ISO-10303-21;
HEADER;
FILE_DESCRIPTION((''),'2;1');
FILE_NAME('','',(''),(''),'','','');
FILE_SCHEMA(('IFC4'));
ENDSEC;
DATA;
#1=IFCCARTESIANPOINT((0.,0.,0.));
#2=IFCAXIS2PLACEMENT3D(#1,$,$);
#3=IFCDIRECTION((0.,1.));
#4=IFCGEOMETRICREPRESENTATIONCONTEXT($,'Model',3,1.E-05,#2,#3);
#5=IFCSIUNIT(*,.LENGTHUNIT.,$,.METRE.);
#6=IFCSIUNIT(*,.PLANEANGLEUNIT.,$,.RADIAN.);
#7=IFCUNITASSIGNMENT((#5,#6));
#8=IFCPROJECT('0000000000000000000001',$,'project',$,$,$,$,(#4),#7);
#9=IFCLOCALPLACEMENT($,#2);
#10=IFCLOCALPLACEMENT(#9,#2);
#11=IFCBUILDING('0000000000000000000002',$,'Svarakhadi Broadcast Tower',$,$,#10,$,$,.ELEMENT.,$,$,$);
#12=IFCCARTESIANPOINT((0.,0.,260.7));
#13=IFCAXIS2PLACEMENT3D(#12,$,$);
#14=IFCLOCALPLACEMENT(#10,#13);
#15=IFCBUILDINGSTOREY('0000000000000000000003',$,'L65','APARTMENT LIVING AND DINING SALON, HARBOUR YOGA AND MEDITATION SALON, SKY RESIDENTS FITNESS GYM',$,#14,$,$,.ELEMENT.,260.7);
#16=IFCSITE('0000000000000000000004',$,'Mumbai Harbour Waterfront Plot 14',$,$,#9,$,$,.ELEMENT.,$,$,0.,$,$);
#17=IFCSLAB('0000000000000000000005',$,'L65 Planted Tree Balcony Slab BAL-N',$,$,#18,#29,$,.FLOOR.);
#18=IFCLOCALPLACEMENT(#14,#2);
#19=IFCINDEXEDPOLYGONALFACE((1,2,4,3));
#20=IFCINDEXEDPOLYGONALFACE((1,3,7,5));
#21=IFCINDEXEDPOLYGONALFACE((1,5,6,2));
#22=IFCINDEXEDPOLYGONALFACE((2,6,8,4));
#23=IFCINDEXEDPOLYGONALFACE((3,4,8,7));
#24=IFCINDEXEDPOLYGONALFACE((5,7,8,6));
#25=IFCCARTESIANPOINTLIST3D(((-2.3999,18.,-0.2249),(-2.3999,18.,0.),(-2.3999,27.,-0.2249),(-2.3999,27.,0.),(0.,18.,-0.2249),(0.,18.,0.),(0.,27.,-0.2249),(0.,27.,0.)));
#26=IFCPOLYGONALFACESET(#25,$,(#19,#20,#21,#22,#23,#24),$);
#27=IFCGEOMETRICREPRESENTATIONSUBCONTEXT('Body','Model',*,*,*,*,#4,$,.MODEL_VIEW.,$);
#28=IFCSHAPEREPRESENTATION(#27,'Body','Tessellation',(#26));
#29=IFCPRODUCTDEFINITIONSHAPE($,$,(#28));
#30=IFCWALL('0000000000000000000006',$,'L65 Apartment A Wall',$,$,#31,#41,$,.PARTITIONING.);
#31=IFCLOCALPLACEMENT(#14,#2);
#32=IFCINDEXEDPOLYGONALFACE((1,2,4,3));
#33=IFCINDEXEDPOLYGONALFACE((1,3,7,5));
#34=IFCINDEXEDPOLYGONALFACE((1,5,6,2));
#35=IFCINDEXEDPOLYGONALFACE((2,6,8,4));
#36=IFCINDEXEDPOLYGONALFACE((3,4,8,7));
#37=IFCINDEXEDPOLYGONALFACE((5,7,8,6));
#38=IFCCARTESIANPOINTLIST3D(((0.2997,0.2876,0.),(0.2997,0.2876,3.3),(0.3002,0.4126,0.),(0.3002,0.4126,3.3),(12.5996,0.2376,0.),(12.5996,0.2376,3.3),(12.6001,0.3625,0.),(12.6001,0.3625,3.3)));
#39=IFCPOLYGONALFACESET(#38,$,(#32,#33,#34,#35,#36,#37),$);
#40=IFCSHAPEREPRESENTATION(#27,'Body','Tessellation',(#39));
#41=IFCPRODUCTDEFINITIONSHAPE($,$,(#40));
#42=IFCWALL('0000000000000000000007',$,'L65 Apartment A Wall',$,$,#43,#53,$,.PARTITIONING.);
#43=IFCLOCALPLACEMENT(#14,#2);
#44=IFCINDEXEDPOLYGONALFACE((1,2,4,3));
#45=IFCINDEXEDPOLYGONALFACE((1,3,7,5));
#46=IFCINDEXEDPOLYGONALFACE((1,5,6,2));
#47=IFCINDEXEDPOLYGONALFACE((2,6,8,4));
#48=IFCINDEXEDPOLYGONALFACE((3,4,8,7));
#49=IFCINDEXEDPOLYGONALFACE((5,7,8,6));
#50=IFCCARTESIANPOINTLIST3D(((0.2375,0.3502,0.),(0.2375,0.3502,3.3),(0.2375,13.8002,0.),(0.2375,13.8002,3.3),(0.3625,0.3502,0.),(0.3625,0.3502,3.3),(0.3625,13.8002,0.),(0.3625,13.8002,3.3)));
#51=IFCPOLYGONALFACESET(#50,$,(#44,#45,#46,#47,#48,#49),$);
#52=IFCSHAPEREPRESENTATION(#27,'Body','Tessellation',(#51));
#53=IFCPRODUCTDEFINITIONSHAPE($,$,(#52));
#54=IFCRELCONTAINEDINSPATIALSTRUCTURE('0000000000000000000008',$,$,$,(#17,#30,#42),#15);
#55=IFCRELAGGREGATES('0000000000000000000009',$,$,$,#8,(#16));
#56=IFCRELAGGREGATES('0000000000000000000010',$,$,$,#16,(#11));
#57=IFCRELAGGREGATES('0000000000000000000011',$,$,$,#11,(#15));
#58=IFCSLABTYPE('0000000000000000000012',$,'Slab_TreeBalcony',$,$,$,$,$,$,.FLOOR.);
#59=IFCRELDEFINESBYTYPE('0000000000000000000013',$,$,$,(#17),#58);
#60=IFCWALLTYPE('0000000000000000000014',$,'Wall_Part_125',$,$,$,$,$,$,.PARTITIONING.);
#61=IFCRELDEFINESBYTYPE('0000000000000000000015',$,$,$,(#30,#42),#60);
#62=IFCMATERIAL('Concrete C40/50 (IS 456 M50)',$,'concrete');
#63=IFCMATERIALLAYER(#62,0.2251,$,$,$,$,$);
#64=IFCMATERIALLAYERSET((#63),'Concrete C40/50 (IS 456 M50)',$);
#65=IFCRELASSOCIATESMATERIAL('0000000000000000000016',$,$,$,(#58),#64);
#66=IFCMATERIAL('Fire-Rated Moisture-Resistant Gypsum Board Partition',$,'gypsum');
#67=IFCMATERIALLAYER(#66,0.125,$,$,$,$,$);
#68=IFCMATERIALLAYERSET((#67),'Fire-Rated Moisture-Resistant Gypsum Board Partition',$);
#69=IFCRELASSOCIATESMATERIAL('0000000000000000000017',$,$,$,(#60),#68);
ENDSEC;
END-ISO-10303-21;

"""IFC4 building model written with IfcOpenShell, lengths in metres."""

from ifc_helpers import new_model, si_unit, direction, frame, frame_2d, origin, place, context, subcontext, project, spatial, polyline, rectangle, outline, extrude, material, layer, layer_set, type_object, element, save


model = new_model("IFC4")

# Units and contexts
model_context = context("Model", 3, precision=1e-05, world=origin(), true_north=direction((0.0, 1.0)))
body_context = subcontext(model_context, "Body", "Model", "MODEL_VIEW")
ifc_project = project(units=[si_unit("LENGTHUNIT", "METRE"), si_unit("PLANEANGLEUNIT", "RADIAN")], contexts=[model_context])

# Site, building, storey
site_placement = place(None, origin())
site = spatial("IfcSite", under=ifc_project, at=site_placement, Name="Mumbai Harbour Waterfront Plot 14", CompositionType="ELEMENT", RefElevation=0.0)
building_placement = place(site_placement, origin())
building = spatial("IfcBuilding", under=site, at=building_placement, Name="Svarakhadi Broadcast Tower", CompositionType="ELEMENT")
storey_placement = place(building_placement, frame((0.0, 0.0, 260.7)))
storey = spatial("IfcBuildingStorey", under=building, at=storey_placement, Name="L65", Description="APARTMENT LIVING AND DINING SALON, HARBOUR YOGA AND MEDITATION SALON, SKY RESIDENTS FITNESS GYM", CompositionType="ELEMENT", Elevation=260.7)

# Shared definitions
ifc_material_1 = material(Name="Concrete C40/50 (IS 456 M50)", Category="concrete")

# Slab
ifc_layer_1 = layer(ifc_material_1, 0.2251)
ifc_layer_set_1 = layer_set([ifc_layer_1], Name="Concrete C40/50 (IS 456 M50)")
slab_type_1 = type_object("IfcSlabType", Name="Slab_TreeBalcony", PredefinedType="FLOOR", material=ifc_layer_set_1)
slab_1_placement = place(storey_placement, frame((0.0, 0.0, -0.2249)))
element("IfcSlab", 1, at=slab_1_placement, inside=storey, type_object=slab_type_1, Name="L65 Planted Tree Balcony Slab BAL-N", PredefinedType="FLOOR", context=body_context, shape_type="SweptSolid", body=[
    extrude(outline(polyline([(-2.3999, 18.0), (0.0, 18.0), (0.0, 27.0), (-2.3999, 27.0), (-2.3999, 18.0)])), origin(), (0.0, 0.0, 1.0), 0.2249),
])

# Walls
ifc_material_2 = material(Name="Fire-Rated Moisture-Resistant Gypsum Board Partition", Category="gypsum")
ifc_layer_2 = layer(ifc_material_2, 0.125)
ifc_layer_set_2 = layer_set([ifc_layer_2], Name="Fire-Rated Moisture-Resistant Gypsum Board Partition")
wall_type = type_object("IfcWallType", Name="Wall_Part_125", PredefinedType="PARTITIONING", material=ifc_layer_set_2)
wall_1_placement = place(storey_placement, frame((0.3, 0.3501, 0.0), z_axis=(0.0, 0.0, 1.0), x_axis=(0.999992, -0.004069, 0.0)))
element("IfcWall", 2, at=wall_1_placement, inside=storey, type_object=wall_type, Name="L65 Apartment A Wall", PredefinedType="PARTITIONING", context=body_context, shape_type="SweptSolid", body=[
    extrude(rectangle(XDim=12.3, YDim=0.125, at=frame_2d((6.1499, 0.0))), origin(), (0.0, 0.0, 1.0), 3.3),
])
wall_2_placement = place(storey_placement, frame((0.3, 0.3501, 0.0), z_axis=(0.0, 0.0, 1.0), x_axis=(0.0, 1.0, 0.0)))
element("IfcWall", 3, at=wall_2_placement, inside=storey, type_object=wall_type, Name="L65 Apartment A Wall", PredefinedType="PARTITIONING", context=body_context, shape_type="SweptSolid", body=[
    extrude(rectangle(XDim=13.45, YDim=0.125, at=frame_2d((6.7251, 0.0))), origin(), (0.0, 0.0, 1.0), 3.3),
])

save(model, "model.ifc")
